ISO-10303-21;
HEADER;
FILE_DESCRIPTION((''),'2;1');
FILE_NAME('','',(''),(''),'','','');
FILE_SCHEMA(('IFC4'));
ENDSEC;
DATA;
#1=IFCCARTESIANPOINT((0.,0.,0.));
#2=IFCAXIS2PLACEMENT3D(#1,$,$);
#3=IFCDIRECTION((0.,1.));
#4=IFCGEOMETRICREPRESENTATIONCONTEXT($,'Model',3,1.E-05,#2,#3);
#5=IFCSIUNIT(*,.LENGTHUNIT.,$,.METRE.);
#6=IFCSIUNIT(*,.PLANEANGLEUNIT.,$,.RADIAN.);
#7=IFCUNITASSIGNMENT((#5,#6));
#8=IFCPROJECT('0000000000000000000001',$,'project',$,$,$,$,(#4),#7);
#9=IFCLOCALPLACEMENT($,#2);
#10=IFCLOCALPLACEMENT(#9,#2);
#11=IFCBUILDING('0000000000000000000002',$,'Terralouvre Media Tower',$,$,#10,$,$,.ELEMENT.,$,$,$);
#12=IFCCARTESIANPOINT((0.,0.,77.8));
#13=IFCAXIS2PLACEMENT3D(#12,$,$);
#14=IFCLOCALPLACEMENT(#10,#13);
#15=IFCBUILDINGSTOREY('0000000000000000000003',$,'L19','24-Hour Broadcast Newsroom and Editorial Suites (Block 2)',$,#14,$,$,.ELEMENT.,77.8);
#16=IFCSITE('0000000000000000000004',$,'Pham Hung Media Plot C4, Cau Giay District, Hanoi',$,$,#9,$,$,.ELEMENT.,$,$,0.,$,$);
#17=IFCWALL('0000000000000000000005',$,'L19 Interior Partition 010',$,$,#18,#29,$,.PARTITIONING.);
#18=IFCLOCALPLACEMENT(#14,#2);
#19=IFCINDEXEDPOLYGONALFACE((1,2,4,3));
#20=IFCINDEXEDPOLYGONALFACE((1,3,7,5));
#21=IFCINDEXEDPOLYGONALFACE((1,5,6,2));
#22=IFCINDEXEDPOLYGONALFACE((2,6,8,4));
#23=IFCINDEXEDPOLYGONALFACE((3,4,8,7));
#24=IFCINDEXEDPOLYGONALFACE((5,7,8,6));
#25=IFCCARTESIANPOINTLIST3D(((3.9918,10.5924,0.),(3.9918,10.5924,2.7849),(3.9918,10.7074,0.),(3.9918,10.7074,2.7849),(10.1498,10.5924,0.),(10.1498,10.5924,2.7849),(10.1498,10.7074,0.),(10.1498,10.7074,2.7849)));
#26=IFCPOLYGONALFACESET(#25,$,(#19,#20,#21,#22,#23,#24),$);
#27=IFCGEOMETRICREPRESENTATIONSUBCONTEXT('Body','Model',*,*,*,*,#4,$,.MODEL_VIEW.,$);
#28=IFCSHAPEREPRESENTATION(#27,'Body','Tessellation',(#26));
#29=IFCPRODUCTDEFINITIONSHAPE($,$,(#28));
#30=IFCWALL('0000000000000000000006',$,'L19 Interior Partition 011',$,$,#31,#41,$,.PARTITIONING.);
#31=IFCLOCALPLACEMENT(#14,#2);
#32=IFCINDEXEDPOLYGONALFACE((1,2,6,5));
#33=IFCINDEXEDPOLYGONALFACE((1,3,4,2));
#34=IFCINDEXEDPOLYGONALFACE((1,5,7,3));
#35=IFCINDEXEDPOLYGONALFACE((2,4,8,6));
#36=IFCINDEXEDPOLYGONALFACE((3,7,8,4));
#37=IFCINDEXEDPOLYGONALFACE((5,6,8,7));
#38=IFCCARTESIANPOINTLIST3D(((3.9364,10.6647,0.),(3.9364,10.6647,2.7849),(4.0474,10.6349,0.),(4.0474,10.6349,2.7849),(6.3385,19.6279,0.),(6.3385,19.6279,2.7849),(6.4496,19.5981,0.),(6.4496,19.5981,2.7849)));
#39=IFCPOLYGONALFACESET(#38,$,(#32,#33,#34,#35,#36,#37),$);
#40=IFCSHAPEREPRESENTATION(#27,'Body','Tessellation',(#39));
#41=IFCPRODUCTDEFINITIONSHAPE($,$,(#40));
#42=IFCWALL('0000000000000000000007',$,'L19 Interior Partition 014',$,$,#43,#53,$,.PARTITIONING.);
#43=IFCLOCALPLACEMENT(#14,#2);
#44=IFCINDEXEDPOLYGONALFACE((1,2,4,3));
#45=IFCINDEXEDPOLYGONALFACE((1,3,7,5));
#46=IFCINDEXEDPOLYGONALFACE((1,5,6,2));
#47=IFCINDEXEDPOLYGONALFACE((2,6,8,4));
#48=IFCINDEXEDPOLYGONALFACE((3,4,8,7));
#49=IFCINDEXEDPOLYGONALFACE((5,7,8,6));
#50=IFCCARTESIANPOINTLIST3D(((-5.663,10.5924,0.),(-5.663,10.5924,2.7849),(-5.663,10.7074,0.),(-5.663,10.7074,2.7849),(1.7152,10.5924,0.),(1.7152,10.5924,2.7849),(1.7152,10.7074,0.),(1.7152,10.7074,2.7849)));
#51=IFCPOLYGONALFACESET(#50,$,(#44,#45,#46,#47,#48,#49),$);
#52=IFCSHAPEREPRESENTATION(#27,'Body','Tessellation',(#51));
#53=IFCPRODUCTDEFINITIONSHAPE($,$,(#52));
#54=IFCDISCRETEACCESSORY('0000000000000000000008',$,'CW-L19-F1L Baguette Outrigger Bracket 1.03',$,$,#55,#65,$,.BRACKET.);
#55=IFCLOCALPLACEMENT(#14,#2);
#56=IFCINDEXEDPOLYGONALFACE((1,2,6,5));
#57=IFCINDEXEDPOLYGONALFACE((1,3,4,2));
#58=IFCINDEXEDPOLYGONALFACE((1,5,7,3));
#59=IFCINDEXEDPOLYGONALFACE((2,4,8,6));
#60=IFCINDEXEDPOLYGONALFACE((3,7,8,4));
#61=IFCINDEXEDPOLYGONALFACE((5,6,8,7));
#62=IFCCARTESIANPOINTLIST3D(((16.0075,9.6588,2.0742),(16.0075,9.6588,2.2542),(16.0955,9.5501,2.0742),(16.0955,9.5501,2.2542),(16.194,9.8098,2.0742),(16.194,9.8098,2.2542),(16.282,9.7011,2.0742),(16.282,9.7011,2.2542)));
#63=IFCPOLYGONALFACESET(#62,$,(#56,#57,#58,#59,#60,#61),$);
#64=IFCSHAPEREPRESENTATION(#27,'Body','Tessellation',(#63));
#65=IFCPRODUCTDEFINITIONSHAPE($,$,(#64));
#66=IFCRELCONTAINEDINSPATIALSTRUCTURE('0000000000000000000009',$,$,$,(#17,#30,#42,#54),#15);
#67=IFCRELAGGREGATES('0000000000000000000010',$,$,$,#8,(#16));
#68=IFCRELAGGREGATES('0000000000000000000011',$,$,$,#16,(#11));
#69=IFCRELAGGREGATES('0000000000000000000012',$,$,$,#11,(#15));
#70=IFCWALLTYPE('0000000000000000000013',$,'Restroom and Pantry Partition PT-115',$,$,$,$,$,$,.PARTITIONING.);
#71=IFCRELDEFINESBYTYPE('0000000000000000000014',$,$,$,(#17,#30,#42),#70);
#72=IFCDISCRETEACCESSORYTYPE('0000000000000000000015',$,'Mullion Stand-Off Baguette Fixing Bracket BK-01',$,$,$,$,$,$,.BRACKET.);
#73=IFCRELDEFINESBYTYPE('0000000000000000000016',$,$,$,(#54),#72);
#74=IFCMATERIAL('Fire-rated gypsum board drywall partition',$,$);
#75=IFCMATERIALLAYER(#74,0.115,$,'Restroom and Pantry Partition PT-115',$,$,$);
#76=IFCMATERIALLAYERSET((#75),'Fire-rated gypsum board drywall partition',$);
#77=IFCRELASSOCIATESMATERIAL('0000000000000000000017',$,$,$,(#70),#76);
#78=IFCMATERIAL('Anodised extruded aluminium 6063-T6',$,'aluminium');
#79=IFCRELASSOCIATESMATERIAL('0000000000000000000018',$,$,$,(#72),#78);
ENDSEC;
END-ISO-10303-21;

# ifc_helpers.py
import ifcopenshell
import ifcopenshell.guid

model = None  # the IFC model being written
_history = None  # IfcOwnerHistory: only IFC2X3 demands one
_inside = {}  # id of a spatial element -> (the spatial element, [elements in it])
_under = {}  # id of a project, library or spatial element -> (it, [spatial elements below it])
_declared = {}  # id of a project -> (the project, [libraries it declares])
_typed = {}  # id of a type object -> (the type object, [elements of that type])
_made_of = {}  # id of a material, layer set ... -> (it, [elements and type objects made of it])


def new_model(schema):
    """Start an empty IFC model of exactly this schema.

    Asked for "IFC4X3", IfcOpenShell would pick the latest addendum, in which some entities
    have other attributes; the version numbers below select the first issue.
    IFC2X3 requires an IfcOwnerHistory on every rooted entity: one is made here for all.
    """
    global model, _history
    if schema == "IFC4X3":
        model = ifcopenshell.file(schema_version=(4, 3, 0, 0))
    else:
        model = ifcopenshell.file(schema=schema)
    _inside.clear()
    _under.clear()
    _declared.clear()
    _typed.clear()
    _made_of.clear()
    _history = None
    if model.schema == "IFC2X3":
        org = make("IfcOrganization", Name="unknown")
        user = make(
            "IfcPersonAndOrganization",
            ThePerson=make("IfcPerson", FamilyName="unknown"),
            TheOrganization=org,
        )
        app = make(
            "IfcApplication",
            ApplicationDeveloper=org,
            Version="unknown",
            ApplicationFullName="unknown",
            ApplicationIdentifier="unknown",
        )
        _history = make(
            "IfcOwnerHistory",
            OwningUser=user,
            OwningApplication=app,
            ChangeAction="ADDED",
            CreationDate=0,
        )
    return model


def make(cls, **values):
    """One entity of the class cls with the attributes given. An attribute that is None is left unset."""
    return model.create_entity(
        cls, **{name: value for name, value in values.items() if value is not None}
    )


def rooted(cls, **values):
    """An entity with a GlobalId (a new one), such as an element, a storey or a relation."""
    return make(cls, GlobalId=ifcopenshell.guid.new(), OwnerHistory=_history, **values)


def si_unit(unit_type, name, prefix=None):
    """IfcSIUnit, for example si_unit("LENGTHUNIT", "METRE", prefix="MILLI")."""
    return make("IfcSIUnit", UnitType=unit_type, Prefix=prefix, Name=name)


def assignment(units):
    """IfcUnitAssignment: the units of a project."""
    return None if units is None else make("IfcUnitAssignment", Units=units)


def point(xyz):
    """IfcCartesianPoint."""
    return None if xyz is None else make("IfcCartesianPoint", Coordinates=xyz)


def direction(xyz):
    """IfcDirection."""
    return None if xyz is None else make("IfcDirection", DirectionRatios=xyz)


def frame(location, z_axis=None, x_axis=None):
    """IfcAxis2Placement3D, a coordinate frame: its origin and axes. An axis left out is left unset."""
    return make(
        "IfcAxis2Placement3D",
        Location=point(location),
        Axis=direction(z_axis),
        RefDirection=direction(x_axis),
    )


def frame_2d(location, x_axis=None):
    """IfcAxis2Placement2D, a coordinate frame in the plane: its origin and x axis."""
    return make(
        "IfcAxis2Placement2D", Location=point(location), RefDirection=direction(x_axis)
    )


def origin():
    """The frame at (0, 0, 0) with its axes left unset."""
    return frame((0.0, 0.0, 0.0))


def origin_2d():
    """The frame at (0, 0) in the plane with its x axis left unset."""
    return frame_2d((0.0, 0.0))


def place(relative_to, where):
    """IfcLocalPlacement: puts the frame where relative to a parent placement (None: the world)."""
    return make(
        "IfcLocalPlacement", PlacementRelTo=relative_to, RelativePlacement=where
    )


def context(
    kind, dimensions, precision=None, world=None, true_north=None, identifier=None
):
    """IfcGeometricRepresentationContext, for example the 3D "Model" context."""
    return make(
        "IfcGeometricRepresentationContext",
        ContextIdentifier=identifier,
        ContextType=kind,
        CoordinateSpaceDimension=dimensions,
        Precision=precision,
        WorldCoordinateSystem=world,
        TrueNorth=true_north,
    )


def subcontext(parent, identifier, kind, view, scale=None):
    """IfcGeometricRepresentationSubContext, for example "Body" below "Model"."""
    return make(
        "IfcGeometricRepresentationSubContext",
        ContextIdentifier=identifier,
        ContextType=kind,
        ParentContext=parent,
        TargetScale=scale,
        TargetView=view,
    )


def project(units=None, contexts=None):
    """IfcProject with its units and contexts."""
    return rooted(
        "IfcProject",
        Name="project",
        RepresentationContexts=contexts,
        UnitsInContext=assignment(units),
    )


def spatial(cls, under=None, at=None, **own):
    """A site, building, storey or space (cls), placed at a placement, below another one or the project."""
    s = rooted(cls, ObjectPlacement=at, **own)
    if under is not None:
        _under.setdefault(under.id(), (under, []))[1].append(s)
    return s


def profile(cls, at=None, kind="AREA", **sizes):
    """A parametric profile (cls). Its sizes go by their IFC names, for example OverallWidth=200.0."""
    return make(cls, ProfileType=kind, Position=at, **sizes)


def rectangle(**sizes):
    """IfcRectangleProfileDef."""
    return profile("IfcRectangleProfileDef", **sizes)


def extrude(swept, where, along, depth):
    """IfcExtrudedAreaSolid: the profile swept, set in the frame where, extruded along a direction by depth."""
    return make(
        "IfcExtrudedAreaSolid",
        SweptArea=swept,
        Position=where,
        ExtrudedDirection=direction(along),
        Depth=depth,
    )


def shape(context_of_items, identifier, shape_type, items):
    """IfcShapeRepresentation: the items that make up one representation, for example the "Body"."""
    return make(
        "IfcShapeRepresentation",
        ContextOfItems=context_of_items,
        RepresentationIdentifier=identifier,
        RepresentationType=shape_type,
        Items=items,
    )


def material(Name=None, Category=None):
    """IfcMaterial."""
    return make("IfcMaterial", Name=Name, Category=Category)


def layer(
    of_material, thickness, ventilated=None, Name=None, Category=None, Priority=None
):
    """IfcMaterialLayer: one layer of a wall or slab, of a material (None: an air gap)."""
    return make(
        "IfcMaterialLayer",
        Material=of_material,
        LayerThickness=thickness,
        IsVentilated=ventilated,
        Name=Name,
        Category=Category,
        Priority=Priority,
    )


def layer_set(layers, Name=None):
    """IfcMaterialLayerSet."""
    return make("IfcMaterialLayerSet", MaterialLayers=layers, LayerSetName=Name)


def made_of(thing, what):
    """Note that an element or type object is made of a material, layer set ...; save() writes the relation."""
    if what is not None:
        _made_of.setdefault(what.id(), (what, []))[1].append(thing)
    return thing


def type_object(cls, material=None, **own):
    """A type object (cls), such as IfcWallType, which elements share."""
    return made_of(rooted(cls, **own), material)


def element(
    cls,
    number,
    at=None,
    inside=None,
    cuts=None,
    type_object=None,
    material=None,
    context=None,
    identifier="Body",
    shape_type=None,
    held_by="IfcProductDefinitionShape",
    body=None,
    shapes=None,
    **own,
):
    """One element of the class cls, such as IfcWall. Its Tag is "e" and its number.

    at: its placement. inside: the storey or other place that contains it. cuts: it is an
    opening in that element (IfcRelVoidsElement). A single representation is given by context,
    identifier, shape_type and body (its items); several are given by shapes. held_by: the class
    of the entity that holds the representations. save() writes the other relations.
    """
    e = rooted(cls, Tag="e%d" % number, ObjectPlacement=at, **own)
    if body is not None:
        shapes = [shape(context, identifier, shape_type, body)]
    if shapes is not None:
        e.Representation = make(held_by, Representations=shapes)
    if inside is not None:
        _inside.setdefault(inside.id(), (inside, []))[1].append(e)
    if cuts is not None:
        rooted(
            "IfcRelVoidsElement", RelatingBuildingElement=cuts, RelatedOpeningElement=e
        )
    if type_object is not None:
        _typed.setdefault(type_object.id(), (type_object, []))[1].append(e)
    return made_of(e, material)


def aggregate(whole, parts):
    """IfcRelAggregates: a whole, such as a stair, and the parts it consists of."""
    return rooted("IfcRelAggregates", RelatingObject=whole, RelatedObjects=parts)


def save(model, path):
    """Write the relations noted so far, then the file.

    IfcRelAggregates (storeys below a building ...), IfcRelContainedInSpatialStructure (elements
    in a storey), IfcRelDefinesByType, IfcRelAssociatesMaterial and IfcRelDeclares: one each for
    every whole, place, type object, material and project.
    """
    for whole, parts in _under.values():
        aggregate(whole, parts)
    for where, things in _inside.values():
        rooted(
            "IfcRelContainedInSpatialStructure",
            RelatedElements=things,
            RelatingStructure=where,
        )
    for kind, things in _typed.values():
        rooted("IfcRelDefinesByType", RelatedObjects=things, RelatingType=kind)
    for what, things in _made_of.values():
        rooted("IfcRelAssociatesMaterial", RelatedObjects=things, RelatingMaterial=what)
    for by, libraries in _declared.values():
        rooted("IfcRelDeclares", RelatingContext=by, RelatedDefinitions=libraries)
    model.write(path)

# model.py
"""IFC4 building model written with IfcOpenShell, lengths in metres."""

from ifc_helpers import new_model, si_unit, direction, frame, frame_2d, origin, origin_2d, place, context, subcontext, project, spatial, rectangle, extrude, material, layer, layer_set, type_object, element, save


model = new_model("IFC4")

# Units and contexts
model_context = context("Model", 3, precision=1e-05, world=origin(), true_north=direction((0.0, 1.0)))
body_context = subcontext(model_context, "Body", "Model", "MODEL_VIEW")
ifc_project = project(units=[si_unit("LENGTHUNIT", "METRE"), si_unit("PLANEANGLEUNIT", "RADIAN")], contexts=[model_context])

# Site, building, storey
site_placement = place(None, origin())
site = spatial("IfcSite", under=ifc_project, at=site_placement, Name="Pham Hung Media Plot C4, Cau Giay District, Hanoi", CompositionType="ELEMENT", RefElevation=0.0)
building_placement = place(site_placement, origin())
building = spatial("IfcBuilding", under=site, at=building_placement, Name="Terralouvre Media Tower", CompositionType="ELEMENT")
storey_placement = place(building_placement, frame((0.0, 0.0, 77.8)))
storey = spatial("IfcBuildingStorey", under=building, at=storey_placement, Name="L19", Description="24-Hour Broadcast Newsroom and Editorial Suites (Block 2)", CompositionType="ELEMENT", Elevation=77.8)

# Walls
ifc_material_1 = material(Name="Fire-rated gypsum board drywall partition")
ifc_layer_1 = layer(ifc_material_1, 0.115, Name="Restroom and Pantry Partition PT-115")
ifc_layer_set_1 = layer_set([ifc_layer_1], Name="Fire-rated gypsum board drywall partition")
wall_type_1 = type_object("IfcWallType", Name="Restroom and Pantry Partition PT-115", PredefinedType="PARTITIONING", material=ifc_layer_set_1)
wall_1_placement = place(storey_placement, frame((10.1499, 10.6499, 0.0), z_axis=(0.0, 0.0, 1.0), x_axis=(-1.0, 0.0, 0.0)))
element("IfcWall", 1, at=wall_1_placement, inside=storey, type_object=wall_type_1, Name="L19 Interior Partition 010", PredefinedType="PARTITIONING", context=body_context, shape_type="SweptSolid", body=[
    extrude(rectangle(XDim=6.158, YDim=0.115, at=frame_2d((3.0791, 0.0))), origin(), (0.0, 0.0, 1.0), 2.7849),
])
wall_2_placement = place(storey_placement, frame((3.9919, 10.6499, 0.0), z_axis=(0.0, 0.0, 1.0), x_axis=(0.258863, 0.965914, 0.0)))
element("IfcWall", 2, at=wall_2_placement, inside=storey, type_object=wall_type_1, Name="L19 Interior Partition 011", PredefinedType="PARTITIONING", context=body_context, shape_type="SweptSolid", body=[
    extrude(rectangle(XDim=9.2795, YDim=0.115, at=frame_2d((4.6396, 0.0))), origin(), (0.0, 0.0, 1.0), 2.7849),
])
wall_3_placement = place(storey_placement, frame((1.7151, 10.6499, 0.0), z_axis=(0.0, 0.0, 1.0), x_axis=(-1.0, 0.0, 0.0)))
element("IfcWall", 3, at=wall_3_placement, inside=storey, type_object=wall_type_1, Name="L19 Interior Partition 014", PredefinedType="PARTITIONING", context=body_context, shape_type="SweptSolid", body=[
    extrude(rectangle(XDim=7.3782, YDim=0.115, at=frame_2d((3.689, 0.0))), origin(), (0.0, 0.0, 1.0), 2.7849),
])

# Discrete accessory
ifc_material_2 = material(Name="Anodised extruded aluminium 6063-T6", Category="aluminium")
discrete_accessory_type = type_object("IfcDiscreteAccessoryType", Name="Mullion Stand-Off Baguette Fixing Bracket BK-01", PredefinedType="BRACKET", material=ifc_material_2)
discrete_accessory_placement = place(storey_placement, frame((16.1448, 9.6799, 2.0742), z_axis=(0.0, 0.0, 1.0), x_axis=(-0.62932, 0.777146, 0.0)))
element("IfcDiscreteAccessory", 4, at=discrete_accessory_placement, inside=storey, type_object=discrete_accessory_type, Name="CW-L19-F1L Baguette Outrigger Bracket 1.03", PredefinedType="BRACKET", context=body_context, shape_type="SweptSolid", body=[
    extrude(rectangle(XDim=0.1399, YDim=0.24, at=origin_2d()), origin(), (0.0, 0.0, 1.0), 0.1799),
])

save(model, "model.ifc")
